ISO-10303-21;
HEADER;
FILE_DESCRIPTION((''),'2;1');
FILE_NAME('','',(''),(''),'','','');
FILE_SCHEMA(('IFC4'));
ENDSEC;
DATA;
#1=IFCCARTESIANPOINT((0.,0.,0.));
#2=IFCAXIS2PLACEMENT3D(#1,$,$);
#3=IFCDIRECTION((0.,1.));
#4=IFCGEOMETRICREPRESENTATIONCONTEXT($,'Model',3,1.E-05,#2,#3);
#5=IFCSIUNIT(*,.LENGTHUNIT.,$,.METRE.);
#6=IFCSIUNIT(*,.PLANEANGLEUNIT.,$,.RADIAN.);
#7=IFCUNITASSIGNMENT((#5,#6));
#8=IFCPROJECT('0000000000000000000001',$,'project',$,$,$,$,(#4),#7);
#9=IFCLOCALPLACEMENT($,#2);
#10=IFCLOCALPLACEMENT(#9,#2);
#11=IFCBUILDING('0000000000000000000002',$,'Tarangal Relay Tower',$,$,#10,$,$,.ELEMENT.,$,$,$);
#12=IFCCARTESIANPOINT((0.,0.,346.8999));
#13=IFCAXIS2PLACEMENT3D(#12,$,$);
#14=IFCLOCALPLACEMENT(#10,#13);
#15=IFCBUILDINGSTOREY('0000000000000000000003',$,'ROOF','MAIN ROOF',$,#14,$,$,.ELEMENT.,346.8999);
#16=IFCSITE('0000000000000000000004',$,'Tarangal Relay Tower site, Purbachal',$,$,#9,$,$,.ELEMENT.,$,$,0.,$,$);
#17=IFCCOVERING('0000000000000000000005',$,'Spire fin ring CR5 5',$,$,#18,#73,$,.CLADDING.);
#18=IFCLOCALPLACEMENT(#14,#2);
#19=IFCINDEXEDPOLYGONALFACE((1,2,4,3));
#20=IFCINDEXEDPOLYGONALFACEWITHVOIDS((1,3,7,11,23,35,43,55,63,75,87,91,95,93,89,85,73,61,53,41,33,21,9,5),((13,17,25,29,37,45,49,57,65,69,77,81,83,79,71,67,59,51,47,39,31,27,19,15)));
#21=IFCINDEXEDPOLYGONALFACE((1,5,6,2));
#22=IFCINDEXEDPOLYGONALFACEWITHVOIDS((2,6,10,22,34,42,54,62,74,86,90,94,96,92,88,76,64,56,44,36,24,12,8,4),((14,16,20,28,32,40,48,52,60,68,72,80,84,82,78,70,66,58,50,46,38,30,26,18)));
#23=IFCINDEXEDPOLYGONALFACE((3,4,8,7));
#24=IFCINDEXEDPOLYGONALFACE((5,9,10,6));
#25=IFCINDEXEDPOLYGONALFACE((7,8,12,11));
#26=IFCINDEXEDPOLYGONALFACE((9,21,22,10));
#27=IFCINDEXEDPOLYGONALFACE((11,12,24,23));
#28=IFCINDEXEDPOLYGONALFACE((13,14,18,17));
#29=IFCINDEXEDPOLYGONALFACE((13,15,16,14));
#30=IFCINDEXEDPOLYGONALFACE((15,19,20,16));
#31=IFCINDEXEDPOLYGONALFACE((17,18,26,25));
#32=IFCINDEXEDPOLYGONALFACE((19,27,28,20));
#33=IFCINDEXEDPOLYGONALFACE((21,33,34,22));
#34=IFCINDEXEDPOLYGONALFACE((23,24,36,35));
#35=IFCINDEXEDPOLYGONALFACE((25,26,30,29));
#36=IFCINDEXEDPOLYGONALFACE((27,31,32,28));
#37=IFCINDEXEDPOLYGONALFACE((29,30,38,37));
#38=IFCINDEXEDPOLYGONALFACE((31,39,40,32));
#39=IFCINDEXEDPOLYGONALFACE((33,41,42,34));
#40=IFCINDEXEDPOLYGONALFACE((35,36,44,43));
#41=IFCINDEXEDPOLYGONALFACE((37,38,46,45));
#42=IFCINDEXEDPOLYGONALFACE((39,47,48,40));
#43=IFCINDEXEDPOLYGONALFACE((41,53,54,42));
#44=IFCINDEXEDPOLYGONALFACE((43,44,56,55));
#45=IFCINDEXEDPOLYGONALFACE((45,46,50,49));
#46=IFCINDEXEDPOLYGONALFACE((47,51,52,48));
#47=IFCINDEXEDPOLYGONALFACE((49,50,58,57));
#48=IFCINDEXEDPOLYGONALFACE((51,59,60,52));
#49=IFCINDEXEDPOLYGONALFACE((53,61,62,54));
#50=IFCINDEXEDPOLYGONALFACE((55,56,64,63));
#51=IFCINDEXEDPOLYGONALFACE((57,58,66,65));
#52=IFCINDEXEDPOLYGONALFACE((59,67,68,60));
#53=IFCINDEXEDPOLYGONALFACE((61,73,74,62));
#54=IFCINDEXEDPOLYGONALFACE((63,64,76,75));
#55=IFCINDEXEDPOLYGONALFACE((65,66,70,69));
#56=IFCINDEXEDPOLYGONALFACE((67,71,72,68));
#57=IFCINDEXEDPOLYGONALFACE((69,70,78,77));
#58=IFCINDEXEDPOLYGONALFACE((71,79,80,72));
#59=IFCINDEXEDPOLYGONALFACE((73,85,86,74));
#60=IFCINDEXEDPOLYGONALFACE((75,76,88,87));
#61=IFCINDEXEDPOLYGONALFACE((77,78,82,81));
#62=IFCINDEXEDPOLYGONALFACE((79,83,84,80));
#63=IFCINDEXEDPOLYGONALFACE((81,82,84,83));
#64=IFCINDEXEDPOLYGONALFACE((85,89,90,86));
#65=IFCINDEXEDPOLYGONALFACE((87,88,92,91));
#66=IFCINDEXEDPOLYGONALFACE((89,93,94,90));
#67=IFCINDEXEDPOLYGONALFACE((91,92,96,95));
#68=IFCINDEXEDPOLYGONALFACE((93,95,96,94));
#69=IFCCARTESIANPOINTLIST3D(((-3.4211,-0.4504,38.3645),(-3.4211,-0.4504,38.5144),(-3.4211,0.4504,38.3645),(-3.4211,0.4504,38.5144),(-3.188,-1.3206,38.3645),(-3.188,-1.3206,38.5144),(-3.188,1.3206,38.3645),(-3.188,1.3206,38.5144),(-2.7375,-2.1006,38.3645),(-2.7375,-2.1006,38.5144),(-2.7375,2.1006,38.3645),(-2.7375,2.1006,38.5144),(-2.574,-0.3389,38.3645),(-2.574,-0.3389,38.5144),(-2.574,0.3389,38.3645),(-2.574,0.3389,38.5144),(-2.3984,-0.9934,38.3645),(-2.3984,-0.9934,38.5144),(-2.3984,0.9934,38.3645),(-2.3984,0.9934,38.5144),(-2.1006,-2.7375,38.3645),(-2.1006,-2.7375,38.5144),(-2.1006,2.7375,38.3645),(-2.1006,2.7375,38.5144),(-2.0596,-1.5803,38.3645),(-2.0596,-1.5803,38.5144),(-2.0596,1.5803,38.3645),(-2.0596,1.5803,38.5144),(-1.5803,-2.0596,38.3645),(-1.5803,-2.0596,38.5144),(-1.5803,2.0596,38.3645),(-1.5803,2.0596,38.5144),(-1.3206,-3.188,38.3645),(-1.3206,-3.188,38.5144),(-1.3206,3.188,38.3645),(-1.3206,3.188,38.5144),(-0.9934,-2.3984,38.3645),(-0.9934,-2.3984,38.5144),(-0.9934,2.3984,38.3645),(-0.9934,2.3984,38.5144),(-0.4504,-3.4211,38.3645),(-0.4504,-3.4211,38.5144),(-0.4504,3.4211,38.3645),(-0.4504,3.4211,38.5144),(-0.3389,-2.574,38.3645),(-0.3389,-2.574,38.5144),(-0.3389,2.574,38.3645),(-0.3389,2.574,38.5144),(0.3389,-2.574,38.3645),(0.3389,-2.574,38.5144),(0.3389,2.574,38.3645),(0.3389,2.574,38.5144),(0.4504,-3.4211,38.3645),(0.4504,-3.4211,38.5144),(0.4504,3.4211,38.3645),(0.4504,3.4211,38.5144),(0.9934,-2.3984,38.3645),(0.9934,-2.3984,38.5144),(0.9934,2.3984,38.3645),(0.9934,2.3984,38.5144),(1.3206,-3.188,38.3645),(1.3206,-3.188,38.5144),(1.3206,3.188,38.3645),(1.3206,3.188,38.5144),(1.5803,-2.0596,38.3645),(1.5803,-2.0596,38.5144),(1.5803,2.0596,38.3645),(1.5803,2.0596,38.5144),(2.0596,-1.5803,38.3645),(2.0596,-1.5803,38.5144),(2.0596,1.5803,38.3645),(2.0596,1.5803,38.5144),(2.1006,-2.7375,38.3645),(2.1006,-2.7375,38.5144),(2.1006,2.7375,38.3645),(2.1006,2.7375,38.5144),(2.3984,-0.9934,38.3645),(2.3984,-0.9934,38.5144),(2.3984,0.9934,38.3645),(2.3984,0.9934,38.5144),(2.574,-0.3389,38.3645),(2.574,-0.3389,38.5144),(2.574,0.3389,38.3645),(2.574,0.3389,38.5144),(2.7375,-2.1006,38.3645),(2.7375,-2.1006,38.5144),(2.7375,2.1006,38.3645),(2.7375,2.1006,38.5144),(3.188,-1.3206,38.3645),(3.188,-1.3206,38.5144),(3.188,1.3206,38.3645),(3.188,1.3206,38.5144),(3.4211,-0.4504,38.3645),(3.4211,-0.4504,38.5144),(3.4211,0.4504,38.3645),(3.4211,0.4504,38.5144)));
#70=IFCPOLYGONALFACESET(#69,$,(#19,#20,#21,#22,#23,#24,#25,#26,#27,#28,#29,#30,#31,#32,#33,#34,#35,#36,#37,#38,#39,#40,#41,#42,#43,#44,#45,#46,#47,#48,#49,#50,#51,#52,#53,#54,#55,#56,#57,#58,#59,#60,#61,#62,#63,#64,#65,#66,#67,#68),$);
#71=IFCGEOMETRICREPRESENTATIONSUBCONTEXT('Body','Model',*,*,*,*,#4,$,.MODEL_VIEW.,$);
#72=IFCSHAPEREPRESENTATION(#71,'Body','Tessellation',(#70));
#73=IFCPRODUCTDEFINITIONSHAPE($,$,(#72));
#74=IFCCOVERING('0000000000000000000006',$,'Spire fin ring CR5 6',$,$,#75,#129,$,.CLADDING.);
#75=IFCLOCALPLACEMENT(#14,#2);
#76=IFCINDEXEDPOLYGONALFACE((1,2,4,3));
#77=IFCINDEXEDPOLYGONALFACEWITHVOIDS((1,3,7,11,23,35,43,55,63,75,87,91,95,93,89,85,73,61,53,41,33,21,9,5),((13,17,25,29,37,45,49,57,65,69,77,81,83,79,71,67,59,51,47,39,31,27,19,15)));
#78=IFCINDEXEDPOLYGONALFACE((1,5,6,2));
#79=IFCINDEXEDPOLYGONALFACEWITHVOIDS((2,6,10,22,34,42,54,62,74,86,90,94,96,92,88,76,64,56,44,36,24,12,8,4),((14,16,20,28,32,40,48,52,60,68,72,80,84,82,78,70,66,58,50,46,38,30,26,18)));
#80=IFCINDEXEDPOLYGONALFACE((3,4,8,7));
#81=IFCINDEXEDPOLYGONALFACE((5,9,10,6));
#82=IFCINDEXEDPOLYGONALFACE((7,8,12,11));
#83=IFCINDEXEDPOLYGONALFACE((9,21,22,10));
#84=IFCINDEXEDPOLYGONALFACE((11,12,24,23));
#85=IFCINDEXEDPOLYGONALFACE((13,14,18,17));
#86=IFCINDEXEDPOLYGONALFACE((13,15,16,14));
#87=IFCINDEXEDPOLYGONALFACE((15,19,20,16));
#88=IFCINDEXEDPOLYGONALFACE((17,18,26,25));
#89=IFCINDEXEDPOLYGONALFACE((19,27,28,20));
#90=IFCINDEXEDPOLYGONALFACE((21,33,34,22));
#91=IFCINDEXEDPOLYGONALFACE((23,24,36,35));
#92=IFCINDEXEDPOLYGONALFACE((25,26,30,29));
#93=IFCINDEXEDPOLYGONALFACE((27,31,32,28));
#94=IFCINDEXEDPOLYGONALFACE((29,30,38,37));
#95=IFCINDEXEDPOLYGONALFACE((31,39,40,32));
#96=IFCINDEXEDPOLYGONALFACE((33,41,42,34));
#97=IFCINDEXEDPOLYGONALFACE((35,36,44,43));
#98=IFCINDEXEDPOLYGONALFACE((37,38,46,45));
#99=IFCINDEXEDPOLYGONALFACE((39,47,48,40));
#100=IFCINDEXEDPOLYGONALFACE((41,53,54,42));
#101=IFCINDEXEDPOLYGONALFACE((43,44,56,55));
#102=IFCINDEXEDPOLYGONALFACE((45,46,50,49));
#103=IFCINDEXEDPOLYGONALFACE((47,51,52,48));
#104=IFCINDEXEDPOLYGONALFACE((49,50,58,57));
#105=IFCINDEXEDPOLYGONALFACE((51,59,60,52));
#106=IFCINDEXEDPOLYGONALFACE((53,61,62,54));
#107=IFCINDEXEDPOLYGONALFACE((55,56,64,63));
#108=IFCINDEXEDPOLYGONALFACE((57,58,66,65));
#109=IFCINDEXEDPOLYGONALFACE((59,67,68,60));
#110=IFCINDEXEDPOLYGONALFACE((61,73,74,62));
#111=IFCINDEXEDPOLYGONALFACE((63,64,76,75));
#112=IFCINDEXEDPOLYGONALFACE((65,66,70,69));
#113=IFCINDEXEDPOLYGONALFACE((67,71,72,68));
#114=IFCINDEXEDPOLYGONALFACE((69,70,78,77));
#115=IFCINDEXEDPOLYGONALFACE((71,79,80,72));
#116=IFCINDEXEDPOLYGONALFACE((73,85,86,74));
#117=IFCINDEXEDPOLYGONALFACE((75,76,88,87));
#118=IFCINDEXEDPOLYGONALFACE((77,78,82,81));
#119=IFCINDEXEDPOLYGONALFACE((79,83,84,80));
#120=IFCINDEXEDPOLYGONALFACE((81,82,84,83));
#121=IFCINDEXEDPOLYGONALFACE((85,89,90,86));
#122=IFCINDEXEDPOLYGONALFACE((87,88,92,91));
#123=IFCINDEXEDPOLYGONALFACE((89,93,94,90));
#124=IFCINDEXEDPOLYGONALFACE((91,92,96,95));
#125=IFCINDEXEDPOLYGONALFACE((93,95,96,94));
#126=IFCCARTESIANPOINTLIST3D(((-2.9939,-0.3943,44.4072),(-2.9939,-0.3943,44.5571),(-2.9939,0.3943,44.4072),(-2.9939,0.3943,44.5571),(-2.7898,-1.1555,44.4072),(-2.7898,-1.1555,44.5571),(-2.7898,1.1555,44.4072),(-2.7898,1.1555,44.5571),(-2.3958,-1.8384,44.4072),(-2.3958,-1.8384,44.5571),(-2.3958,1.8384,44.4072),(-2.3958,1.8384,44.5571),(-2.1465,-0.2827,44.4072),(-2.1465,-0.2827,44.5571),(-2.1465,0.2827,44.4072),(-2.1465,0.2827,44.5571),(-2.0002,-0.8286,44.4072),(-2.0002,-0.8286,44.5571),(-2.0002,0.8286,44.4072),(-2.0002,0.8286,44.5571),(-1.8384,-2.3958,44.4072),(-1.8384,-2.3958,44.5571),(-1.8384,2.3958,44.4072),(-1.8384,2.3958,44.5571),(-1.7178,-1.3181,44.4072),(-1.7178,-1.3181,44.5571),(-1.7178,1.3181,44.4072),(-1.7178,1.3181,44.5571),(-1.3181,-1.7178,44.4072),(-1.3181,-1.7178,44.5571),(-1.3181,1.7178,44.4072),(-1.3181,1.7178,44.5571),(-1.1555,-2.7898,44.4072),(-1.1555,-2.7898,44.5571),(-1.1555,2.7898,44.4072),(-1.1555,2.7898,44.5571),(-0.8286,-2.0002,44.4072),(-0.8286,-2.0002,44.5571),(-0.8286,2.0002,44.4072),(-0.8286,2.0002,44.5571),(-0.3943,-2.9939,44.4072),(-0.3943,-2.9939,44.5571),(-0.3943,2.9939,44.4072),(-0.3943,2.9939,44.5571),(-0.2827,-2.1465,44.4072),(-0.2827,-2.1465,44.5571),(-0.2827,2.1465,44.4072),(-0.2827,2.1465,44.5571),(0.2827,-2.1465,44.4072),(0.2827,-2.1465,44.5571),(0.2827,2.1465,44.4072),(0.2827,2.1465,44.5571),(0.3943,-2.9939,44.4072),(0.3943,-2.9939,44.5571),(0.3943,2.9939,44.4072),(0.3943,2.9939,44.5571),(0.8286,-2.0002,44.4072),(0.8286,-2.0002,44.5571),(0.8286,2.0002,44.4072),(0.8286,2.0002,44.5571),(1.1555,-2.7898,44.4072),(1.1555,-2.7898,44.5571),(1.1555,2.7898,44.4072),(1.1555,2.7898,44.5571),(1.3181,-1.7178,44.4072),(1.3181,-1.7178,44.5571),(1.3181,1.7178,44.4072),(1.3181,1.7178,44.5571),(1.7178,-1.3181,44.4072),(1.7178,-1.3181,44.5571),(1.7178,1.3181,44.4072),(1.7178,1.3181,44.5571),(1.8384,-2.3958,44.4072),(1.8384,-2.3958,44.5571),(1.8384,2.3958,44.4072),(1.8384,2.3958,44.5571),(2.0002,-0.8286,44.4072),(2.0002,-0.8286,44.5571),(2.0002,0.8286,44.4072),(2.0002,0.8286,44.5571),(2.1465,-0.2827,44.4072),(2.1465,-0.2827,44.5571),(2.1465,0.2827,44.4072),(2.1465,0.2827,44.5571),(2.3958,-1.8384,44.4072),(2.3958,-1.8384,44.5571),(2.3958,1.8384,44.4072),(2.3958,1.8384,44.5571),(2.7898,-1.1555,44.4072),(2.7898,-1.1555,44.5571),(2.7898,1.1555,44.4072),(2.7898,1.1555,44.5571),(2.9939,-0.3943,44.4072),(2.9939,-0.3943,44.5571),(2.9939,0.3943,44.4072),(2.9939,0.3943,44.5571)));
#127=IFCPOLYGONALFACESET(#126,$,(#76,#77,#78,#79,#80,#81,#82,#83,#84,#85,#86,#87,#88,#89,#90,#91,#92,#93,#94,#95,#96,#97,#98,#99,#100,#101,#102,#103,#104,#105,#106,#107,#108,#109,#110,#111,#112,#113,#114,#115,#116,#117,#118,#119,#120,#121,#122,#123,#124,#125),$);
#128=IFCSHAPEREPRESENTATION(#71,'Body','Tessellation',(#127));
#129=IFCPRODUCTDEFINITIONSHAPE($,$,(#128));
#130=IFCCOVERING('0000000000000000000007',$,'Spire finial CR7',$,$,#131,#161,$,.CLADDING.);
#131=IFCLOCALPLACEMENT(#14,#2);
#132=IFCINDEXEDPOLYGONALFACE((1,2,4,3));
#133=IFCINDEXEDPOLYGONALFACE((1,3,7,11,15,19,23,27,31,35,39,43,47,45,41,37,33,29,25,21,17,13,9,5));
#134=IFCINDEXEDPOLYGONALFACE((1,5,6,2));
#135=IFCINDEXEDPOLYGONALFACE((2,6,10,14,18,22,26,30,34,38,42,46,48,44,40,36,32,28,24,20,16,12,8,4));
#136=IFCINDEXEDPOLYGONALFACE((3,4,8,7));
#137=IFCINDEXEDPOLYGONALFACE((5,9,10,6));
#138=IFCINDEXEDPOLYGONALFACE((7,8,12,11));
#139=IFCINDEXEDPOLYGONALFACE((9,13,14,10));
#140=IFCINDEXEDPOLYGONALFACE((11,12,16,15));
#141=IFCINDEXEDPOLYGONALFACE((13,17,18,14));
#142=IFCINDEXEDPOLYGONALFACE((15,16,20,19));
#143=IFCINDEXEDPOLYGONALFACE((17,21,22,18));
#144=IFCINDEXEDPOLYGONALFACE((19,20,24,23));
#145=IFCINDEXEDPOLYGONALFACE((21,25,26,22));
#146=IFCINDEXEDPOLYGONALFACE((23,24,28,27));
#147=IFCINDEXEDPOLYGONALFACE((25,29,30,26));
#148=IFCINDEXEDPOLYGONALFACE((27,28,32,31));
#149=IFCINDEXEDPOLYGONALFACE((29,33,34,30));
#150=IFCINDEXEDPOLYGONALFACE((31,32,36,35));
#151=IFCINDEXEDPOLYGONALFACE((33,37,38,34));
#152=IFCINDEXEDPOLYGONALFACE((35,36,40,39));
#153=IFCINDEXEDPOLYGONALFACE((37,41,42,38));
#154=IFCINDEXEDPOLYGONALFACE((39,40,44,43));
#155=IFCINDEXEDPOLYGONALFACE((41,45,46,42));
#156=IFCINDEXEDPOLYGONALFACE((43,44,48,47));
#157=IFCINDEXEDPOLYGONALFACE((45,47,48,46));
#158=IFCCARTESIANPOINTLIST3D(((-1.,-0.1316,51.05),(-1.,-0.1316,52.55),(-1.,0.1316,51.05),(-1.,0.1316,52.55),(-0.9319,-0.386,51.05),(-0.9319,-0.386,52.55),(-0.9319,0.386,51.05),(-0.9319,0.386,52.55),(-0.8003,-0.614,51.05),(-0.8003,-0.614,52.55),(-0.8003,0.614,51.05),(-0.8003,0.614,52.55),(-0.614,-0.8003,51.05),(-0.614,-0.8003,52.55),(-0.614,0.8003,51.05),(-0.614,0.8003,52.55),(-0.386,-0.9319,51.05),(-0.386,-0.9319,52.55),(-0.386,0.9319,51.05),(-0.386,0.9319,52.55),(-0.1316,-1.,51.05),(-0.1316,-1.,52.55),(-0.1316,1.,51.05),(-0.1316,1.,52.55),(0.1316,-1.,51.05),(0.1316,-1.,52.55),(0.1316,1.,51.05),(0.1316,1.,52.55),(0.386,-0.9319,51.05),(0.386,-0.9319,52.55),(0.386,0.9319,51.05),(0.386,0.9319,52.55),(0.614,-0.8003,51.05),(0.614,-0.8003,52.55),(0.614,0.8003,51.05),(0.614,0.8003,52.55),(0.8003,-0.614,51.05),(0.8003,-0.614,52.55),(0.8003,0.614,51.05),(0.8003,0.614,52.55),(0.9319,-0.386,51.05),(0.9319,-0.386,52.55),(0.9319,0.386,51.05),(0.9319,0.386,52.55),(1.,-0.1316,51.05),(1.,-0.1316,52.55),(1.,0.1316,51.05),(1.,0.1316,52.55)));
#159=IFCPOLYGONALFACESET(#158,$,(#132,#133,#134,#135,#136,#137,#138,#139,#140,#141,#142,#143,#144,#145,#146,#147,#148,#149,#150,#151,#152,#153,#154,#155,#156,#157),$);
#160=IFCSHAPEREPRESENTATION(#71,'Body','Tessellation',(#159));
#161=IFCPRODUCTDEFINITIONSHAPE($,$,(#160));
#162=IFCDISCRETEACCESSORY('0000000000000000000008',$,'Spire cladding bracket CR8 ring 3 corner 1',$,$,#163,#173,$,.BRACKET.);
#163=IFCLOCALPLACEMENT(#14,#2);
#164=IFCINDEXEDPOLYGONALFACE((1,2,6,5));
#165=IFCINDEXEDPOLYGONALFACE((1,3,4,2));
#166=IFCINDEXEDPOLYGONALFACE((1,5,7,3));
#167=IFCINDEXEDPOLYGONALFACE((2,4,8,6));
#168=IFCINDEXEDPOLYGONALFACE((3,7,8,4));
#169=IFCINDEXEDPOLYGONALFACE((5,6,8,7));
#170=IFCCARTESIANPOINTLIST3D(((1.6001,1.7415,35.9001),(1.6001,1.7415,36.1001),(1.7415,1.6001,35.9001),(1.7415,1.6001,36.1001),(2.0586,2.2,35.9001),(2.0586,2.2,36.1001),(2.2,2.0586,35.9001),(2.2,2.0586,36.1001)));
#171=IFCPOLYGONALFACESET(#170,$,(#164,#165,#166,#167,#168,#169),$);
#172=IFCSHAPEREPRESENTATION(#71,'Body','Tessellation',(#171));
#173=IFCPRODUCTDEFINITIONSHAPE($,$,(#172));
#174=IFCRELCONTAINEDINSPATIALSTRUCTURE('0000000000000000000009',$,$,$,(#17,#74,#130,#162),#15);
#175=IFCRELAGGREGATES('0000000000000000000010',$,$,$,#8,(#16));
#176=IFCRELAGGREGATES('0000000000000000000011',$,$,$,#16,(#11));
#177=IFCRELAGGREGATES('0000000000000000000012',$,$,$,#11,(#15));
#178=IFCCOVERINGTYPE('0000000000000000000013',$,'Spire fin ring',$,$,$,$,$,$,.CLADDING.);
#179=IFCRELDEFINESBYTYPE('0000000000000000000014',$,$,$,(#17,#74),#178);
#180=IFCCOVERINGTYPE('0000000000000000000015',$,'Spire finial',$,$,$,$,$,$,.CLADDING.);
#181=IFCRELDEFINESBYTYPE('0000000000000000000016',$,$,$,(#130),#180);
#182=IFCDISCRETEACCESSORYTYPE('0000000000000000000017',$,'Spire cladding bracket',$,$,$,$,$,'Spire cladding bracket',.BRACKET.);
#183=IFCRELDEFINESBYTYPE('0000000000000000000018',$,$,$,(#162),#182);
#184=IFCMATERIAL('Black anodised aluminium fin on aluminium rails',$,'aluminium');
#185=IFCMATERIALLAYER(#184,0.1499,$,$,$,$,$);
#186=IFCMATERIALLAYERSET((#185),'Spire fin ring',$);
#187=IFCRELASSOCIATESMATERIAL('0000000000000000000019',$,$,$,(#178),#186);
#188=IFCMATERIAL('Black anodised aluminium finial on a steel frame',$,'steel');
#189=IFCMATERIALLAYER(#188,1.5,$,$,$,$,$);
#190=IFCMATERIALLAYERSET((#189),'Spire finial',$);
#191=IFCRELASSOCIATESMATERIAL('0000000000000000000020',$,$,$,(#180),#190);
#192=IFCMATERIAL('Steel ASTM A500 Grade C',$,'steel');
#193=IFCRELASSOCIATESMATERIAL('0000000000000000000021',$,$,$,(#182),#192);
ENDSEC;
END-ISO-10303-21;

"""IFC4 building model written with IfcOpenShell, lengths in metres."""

from ifc_helpers import new_model, si_unit, direction, frame, origin, place, context, subcontext, project, spatial, polyline, outline, extrude, material, layer, layer_set, type_object, element, save


model = new_model("IFC4")

# Units and contexts
model_context = context("Model", 3, precision=1e-05, world=origin(), true_north=direction((0.0, 1.0)))
body_context = subcontext(model_context, "Body", "Model", "MODEL_VIEW")
ifc_project = project(units=[si_unit("LENGTHUNIT", "METRE"), si_unit("PLANEANGLEUNIT", "RADIAN")], contexts=[model_context])

# Site, building, storey
site_placement = place(None, origin())
site = spatial("IfcSite", under=ifc_project, at=site_placement, Name="Tarangal Relay Tower site, Purbachal", CompositionType="ELEMENT", RefElevation=0.0)
building_placement = place(site_placement, origin())
building = spatial("IfcBuilding", under=site, at=building_placement, Name="Tarangal Relay Tower", CompositionType="ELEMENT")
storey_placement = place(building_placement, frame((0.0, 0.0, 346.8999)))
storey = spatial("IfcBuildingStorey", under=building, at=storey_placement, Name="ROOF", Description="MAIN ROOF", CompositionType="ELEMENT", Elevation=346.8999)

# Shared definitions
ifc_material_1 = material(Name="Steel ASTM A500 Grade C", Category="steel")

# Coverings
ifc_material_2 = material(Name="Black anodised aluminium fin on aluminium rails", Category="aluminium")
ifc_layer_1 = layer(ifc_material_2, 0.1499)
ifc_layer_set_1 = layer_set([ifc_layer_1], Name="Spire fin ring")
covering_type_1 = type_object("IfcCoveringType", Name="Spire fin ring", PredefinedType="CLADDING", material=ifc_layer_set_1)
covering_1_placement = place(storey_placement, frame((0.0, 0.0, 38.3645)))
element("IfcCovering", 1, at=covering_1_placement, inside=storey, type_object=covering_type_1, Name="Spire fin ring CR5 5", PredefinedType="CLADDING", context=body_context, shape_type="SweptSolid", body=[
    extrude(outline(polyline([(3.4211, 0.4504), (3.188, 1.3206), (2.7375, 2.1006), (2.1006, 2.7375), (1.3206, 3.188), (0.4504, 3.4211), (-0.4504, 3.4211), (-1.3206, 3.188), (-2.1006, 2.7375), (-2.7375, 2.1006), (-3.188, 1.3206), (-3.4211, 0.4504), (-3.4211, -0.4504), (-3.188, -1.3206), (-2.7375, -2.1006), (-2.1006, -2.7375), (-1.3206, -3.188), (-0.4504, -3.4211), (0.4504, -3.4211), (1.3206, -3.188), (2.1006, -2.7375), (2.7375, -2.1006), (3.188, -1.3206), (3.4211, -0.4504), (3.4211, 0.4504)]), holes=[polyline([(2.574, 0.3389), (2.3984, 0.9934), (2.0596, 1.5803), (1.5803, 2.0596), (0.9934, 2.3984), (0.3389, 2.574), (-0.3389, 2.574), (-0.9934, 2.3984), (-1.5803, 2.0596), (-2.0596, 1.5803), (-2.3984, 0.9934), (-2.574, 0.3389), (-2.574, -0.3389), (-2.3984, -0.9934), (-2.0596, -1.5803), (-1.5803, -2.0596), (-0.9934, -2.3984), (-0.3389, -2.574), (0.3389, -2.574), (0.9934, -2.3984), (1.5803, -2.0596), (2.0596, -1.5803), (2.3984, -0.9934), (2.574, -0.3389), (2.574, 0.3389)])]), origin(), (0.0, 0.0, 1.0), 0.1499),
])
covering_2_placement = place(storey_placement, frame((0.0, 0.0, 44.4072)))
element("IfcCovering", 2, at=covering_2_placement, inside=storey, type_object=covering_type_1, Name="Spire fin ring CR5 6", PredefinedType="CLADDING", context=body_context, shape_type="SweptSolid", body=[
    extrude(outline(polyline([(2.9939, 0.3943), (2.7898, 1.1555), (2.3958, 1.8384), (1.8384, 2.3958), (1.1555, 2.7898), (0.3943, 2.9939), (-0.3943, 2.9939), (-1.1555, 2.7898), (-1.8384, 2.3958), (-2.3958, 1.8384), (-2.7898, 1.1555), (-2.9939, 0.3943), (-2.9939, -0.3943), (-2.7898, -1.1555), (-2.3958, -1.8384), (-1.8384, -2.3958), (-1.1555, -2.7898), (-0.3943, -2.9939), (0.3943, -2.9939), (1.1555, -2.7898), (1.8384, -2.3958), (2.3958, -1.8384), (2.7898, -1.1555), (2.9939, -0.3943), (2.9939, 0.3943)]), holes=[polyline([(2.1465, 0.2827), (2.0002, 0.8286), (1.7178, 1.3181), (1.3181, 1.7178), (0.8286, 2.0002), (0.2827, 2.1465), (-0.2827, 2.1465), (-0.8286, 2.0002), (-1.3181, 1.7178), (-1.7178, 1.3181), (-2.0002, 0.8286), (-2.1465, 0.2827), (-2.1465, -0.2827), (-2.0002, -0.8286), (-1.7178, -1.3181), (-1.3181, -1.7178), (-0.8286, -2.0002), (-0.2827, -2.1465), (0.2827, -2.1465), (0.8286, -2.0002), (1.3181, -1.7178), (1.7178, -1.3181), (2.0002, -0.8286), (2.1465, -0.2827), (2.1465, 0.2827)])]), origin(), (0.0, 0.0, 1.0), 0.1499),
])
ifc_material_3 = material(Name="Black anodised aluminium finial on a steel frame", Category="steel")
ifc_layer_2 = layer(ifc_material_3, 1.5)
ifc_layer_set_2 = layer_set([ifc_layer_2], Name="Spire finial")
covering_type_2 = type_object("IfcCoveringType", Name="Spire finial", PredefinedType="CLADDING", material=ifc_layer_set_2)
covering_3_placement = place(storey_placement, frame((0.0, 0.0, 51.05)))
element("IfcCovering", 3, at=covering_3_placement, inside=storey, type_object=covering_type_2, Name="Spire finial CR7", PredefinedType="CLADDING", context=body_context, shape_type="SweptSolid", body=[
    extrude(outline(polyline([(1.0, 0.1316), (0.9319, 0.386), (0.8003, 0.614), (0.614, 0.8003), (0.386, 0.9319), (0.1316, 1.0), (-0.1316, 1.0), (-0.386, 0.9319), (-0.614, 0.8003), (-0.8003, 0.614), (-0.9319, 0.386), (-1.0, 0.1316), (-1.0, -0.1316), (-0.9319, -0.386), (-0.8003, -0.614), (-0.614, -0.8003), (-0.386, -0.9319), (-0.1316, -1.0), (0.1316, -1.0), (0.386, -0.9319), (0.614, -0.8003), (0.8003, -0.614), (0.9319, -0.386), (1.0, -0.1316), (1.0, 0.1316)])), origin(), (0.0, 0.0, 1.0), 1.5),
])

# Discrete accessory
discrete_accessory_type = type_object("IfcDiscreteAccessoryType", Name="Spire cladding bracket", ElementType="Spire cladding bracket", PredefinedType="BRACKET", material=ifc_material_1)
discrete_accessory_1_placement = place(storey_placement, frame((0.0, 0.0, 35.9001)))
element("IfcDiscreteAccessory", 4, at=discrete_accessory_1_placement, inside=storey, type_object=discrete_accessory_type, Name="Spire cladding bracket CR8 ring 3 corner 1", PredefinedType="BRACKET", context=body_context, shape_type="SweptSolid", body=[
    extrude(outline(polyline([(1.6001, 1.7415), (2.0586, 2.2), (2.2, 2.0586), (1.7415, 1.6001), (1.6001, 1.7415)])), origin(), (0.0, 0.0, 1.0), 0.2),
])

save(model, "model.ifc")
